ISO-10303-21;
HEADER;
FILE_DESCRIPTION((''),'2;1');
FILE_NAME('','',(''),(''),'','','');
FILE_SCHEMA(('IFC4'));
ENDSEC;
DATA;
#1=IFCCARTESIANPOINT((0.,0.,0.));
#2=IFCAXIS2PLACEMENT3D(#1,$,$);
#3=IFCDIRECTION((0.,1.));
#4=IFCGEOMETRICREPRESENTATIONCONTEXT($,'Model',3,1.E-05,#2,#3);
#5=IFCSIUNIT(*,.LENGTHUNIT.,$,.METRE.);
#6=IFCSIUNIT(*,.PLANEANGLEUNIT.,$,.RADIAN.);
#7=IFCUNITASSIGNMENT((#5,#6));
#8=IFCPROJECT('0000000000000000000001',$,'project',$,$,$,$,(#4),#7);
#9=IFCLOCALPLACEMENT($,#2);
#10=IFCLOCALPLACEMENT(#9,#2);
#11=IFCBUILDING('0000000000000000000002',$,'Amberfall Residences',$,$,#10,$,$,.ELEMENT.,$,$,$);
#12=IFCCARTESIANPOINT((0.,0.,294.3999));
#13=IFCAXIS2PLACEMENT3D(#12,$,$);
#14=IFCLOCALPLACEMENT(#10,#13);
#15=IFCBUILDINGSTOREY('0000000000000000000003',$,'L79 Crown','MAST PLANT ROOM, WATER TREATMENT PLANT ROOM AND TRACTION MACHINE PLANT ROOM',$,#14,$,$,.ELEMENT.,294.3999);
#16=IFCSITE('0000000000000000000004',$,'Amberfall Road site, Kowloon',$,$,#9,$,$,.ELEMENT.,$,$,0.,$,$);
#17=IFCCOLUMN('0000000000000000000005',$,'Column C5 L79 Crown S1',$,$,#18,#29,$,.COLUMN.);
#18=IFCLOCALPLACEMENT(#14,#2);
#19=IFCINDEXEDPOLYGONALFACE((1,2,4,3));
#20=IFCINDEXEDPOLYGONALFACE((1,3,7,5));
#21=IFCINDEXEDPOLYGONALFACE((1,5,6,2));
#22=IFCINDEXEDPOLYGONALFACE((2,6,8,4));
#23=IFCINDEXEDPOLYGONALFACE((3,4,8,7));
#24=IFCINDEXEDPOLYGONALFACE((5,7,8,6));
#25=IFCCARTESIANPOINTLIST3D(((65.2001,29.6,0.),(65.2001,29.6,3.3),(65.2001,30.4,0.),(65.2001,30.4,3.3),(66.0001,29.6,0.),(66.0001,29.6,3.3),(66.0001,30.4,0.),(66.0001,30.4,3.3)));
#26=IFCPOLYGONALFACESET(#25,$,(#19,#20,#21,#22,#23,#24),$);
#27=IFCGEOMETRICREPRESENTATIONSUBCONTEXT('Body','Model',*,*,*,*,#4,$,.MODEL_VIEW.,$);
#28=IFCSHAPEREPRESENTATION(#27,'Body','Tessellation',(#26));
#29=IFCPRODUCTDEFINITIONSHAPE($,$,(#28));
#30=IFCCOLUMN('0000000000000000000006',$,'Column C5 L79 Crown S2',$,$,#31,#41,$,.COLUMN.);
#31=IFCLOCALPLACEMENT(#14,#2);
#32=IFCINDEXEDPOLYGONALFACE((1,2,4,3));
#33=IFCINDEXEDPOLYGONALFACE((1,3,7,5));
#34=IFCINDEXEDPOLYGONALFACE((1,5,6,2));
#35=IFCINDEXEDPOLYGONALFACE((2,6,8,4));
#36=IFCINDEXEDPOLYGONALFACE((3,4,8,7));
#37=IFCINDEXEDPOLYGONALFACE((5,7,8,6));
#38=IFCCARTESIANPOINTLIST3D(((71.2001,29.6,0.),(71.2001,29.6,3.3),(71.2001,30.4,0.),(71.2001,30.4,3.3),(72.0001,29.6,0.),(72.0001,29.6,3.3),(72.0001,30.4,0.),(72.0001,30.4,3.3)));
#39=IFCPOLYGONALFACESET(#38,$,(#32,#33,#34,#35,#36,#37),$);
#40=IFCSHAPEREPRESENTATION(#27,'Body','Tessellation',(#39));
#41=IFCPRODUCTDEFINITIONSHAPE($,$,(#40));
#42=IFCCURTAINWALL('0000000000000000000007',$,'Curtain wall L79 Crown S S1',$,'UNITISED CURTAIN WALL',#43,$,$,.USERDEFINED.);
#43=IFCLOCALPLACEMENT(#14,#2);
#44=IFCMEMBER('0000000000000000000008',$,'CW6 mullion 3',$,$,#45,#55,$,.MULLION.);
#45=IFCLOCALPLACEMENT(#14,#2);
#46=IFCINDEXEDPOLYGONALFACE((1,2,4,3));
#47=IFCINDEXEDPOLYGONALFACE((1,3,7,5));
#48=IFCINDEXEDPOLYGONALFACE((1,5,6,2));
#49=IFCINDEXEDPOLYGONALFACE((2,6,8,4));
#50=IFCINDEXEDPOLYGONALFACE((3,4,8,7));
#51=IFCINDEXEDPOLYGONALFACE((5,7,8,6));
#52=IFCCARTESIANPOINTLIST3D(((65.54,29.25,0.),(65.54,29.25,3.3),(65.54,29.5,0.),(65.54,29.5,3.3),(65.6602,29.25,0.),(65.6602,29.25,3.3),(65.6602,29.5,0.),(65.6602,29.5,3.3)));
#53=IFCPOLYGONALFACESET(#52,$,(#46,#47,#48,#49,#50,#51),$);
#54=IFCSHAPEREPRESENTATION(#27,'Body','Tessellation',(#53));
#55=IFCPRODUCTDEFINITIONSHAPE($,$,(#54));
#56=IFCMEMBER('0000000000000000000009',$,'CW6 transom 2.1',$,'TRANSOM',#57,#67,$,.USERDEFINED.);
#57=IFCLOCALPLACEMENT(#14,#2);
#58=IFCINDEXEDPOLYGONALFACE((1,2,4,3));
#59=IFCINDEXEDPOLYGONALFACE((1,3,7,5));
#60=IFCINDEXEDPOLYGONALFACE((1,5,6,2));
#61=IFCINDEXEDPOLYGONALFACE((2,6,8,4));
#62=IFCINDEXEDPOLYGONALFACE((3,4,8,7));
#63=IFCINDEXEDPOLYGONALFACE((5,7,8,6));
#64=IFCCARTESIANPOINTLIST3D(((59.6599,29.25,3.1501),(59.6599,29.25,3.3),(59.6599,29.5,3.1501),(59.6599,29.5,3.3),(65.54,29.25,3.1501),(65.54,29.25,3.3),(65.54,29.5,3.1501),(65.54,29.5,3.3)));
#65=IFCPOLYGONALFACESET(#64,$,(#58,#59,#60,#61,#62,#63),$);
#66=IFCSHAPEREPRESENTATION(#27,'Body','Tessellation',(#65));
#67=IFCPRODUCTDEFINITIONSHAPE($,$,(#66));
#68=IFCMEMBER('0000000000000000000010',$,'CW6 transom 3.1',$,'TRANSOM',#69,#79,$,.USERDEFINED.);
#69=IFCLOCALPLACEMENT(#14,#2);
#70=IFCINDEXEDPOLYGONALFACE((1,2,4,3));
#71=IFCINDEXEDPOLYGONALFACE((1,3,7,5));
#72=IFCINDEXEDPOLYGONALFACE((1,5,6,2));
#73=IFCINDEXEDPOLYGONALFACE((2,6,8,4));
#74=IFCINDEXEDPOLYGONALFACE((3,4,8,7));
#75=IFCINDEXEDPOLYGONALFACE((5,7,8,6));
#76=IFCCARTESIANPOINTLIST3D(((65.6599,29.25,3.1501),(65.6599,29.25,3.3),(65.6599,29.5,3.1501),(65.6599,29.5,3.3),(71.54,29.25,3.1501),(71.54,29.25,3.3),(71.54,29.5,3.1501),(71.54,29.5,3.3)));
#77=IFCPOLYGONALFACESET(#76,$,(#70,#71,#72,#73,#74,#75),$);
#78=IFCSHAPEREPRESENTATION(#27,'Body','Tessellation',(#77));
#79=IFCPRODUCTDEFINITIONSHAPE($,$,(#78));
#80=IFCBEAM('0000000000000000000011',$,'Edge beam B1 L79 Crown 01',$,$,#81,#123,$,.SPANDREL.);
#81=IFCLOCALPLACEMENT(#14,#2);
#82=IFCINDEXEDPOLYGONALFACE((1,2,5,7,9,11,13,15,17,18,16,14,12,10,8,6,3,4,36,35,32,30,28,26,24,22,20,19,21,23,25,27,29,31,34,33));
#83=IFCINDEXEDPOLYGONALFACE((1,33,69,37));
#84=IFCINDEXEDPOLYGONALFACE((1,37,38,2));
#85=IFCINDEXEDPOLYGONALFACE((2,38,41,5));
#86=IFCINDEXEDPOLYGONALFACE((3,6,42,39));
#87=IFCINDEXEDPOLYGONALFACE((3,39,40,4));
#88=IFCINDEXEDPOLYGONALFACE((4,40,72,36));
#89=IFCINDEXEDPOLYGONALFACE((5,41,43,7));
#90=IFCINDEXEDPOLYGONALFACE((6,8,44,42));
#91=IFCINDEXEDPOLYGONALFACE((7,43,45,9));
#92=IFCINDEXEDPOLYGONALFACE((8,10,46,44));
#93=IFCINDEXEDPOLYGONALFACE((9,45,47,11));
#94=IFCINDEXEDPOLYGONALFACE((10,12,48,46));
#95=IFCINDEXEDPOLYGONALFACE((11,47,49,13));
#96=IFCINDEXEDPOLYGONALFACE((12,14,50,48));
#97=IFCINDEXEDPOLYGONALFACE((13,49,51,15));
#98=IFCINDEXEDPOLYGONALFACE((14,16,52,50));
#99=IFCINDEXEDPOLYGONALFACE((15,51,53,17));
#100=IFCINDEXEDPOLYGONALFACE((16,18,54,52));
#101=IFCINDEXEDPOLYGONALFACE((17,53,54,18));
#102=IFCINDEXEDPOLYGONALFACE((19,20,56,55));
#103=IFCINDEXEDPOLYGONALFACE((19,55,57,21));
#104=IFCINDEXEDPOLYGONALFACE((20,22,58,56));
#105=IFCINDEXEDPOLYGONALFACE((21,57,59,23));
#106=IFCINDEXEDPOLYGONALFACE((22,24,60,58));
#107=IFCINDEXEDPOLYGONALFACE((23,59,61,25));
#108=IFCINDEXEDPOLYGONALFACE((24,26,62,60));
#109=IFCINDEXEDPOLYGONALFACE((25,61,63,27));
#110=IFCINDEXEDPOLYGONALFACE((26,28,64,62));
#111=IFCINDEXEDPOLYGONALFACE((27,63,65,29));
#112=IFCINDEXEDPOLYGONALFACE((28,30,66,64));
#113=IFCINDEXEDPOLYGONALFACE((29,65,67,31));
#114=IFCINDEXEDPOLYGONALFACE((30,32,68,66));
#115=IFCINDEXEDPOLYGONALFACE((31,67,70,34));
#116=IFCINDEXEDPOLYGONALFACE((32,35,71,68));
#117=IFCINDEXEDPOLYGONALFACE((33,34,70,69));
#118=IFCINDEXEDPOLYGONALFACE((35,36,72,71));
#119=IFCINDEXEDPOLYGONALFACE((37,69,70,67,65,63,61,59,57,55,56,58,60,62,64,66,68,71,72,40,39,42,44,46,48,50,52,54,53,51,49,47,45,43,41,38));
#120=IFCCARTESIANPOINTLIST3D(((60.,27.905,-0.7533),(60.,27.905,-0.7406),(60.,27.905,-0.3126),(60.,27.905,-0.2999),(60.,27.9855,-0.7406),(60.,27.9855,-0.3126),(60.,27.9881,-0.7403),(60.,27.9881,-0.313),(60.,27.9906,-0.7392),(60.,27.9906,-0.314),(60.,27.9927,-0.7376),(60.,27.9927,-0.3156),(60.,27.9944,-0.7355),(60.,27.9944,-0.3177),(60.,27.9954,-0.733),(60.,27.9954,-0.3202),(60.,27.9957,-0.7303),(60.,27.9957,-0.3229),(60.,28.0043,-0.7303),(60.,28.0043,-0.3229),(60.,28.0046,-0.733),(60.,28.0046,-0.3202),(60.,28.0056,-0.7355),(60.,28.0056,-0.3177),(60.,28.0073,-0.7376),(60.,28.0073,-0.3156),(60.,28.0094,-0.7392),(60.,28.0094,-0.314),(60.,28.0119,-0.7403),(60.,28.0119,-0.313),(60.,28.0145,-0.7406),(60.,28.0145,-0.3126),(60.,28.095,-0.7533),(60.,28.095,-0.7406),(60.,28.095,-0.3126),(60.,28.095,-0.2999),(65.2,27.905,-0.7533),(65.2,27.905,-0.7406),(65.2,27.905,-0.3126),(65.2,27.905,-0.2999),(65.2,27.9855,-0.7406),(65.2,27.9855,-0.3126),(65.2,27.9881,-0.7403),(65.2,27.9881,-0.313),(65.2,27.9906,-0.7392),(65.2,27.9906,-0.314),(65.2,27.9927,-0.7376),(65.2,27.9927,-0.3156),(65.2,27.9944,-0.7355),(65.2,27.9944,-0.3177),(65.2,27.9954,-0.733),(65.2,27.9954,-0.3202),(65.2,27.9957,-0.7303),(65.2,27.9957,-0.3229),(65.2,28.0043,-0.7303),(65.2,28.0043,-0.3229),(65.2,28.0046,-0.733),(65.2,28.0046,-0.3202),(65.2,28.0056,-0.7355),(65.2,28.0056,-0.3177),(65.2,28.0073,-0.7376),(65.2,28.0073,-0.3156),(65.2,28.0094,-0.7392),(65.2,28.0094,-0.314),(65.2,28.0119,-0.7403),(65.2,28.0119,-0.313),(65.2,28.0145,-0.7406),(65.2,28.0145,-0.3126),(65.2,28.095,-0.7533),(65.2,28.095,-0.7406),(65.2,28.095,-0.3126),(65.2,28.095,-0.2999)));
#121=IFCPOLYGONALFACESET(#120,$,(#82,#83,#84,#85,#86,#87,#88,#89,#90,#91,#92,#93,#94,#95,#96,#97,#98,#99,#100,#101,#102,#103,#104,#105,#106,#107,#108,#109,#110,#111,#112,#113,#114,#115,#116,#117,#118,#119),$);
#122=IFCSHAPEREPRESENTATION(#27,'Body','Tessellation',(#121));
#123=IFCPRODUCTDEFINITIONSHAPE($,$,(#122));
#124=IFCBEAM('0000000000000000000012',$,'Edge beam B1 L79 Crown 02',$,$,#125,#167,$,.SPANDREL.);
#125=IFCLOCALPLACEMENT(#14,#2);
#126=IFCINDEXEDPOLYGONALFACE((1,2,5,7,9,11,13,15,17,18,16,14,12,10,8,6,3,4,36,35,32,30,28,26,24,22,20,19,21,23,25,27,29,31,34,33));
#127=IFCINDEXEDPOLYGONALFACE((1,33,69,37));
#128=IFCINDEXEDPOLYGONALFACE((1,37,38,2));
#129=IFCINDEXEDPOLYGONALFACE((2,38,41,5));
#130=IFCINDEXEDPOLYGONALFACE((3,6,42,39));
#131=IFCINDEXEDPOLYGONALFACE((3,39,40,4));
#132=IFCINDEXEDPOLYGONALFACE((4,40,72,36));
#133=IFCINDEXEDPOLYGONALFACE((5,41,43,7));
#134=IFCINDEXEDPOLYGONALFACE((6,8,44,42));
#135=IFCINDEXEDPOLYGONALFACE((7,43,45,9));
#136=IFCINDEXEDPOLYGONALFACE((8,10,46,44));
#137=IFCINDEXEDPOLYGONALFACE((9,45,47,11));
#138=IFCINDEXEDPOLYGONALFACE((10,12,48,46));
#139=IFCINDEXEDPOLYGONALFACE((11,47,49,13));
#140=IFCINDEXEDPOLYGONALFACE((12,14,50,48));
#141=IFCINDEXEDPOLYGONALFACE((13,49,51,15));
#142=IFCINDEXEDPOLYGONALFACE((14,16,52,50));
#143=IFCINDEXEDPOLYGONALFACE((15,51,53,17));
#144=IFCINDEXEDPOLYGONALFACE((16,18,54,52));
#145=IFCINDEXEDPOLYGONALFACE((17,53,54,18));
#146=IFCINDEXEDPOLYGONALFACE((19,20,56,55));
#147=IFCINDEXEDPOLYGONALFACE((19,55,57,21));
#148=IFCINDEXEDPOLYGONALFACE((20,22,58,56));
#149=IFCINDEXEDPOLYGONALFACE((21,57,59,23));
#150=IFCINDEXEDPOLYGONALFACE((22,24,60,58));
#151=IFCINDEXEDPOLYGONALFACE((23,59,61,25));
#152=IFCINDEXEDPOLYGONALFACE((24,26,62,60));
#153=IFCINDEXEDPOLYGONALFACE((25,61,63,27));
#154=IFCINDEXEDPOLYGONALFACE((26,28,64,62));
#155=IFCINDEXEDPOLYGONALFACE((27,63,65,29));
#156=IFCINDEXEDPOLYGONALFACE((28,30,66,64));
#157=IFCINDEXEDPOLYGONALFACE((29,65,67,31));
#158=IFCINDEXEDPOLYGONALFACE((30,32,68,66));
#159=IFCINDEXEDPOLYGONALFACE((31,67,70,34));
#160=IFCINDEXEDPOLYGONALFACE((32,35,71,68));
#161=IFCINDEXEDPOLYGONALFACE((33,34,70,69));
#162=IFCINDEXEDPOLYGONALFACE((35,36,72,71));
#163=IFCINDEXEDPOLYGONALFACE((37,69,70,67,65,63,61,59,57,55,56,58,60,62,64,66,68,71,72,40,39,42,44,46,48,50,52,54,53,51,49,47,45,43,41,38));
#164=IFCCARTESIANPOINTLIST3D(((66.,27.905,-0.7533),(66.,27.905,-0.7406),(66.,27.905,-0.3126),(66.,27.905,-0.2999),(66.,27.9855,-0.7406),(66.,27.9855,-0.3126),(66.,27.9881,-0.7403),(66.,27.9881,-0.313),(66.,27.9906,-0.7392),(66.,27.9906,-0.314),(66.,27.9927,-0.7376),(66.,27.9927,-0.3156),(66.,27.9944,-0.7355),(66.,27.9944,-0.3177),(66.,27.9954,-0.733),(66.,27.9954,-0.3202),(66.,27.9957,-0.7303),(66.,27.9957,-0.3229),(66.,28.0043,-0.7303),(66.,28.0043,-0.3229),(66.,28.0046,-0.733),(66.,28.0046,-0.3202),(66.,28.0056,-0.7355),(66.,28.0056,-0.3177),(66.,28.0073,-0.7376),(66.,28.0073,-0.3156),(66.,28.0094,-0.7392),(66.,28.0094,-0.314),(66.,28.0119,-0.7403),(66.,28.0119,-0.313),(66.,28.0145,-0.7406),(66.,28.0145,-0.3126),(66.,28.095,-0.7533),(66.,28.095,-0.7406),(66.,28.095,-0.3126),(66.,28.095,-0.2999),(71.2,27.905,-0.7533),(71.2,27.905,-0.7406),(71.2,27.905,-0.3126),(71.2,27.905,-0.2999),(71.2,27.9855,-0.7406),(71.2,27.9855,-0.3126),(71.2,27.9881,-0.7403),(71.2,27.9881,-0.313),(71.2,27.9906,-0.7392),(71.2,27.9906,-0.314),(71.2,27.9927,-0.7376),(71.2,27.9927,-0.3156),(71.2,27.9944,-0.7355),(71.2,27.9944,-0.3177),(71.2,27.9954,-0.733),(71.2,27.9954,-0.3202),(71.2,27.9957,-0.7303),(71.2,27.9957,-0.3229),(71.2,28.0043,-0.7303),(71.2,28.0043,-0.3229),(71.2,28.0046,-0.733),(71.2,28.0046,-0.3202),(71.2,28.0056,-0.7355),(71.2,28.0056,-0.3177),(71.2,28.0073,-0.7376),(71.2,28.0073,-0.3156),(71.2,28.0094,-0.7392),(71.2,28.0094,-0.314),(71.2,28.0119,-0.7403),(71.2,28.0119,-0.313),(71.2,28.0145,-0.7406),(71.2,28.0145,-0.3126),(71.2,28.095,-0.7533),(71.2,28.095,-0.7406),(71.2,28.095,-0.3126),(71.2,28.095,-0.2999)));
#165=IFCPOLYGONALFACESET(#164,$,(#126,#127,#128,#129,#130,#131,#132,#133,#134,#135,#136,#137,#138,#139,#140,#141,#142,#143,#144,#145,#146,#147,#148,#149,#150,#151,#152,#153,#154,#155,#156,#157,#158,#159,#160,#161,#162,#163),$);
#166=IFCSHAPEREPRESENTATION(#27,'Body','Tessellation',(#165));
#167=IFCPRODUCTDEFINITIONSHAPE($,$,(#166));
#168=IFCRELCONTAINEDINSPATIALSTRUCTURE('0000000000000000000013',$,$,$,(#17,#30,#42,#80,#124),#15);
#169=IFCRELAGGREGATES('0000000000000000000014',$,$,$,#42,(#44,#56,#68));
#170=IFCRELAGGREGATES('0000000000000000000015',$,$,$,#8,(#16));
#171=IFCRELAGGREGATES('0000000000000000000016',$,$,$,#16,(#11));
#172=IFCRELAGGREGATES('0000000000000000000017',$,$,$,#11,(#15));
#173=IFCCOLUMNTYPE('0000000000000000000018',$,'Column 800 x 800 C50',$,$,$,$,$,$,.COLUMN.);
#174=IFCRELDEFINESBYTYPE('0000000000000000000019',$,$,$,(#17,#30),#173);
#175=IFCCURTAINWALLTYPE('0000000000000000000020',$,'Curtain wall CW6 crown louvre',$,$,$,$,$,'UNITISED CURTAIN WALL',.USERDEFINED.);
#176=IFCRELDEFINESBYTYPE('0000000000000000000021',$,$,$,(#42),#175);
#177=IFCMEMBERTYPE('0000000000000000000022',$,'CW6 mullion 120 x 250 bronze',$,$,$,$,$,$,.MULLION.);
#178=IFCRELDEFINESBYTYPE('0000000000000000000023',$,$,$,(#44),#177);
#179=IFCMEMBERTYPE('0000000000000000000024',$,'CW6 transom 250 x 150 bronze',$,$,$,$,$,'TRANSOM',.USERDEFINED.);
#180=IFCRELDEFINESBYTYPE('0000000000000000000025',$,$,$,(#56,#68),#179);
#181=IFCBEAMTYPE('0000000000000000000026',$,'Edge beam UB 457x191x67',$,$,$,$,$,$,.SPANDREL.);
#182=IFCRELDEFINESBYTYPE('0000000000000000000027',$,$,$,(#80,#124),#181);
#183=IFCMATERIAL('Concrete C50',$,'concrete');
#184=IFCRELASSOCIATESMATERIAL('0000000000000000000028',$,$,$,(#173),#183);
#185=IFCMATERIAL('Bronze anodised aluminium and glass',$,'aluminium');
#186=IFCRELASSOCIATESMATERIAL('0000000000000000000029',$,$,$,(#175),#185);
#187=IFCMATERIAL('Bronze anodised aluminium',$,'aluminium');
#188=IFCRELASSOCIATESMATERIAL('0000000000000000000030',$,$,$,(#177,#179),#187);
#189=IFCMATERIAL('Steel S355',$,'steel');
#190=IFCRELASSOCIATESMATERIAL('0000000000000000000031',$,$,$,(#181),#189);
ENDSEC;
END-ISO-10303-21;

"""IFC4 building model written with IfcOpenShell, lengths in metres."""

from ifc_helpers import new_model, si_unit, direction, frame, origin, origin_2d, place, context, subcontext, project, spatial, rectangle, i_section, extrude, material, material_profile, profile_set, type_object, element, aggregate, save


model = new_model("IFC4")

# Units and contexts
model_context = context("Model", 3, precision=1e-05, world=origin(), true_north=direction((0.0, 1.0)))
body_context = subcontext(model_context, "Body", "Model", "MODEL_VIEW")
ifc_project = project(units=[si_unit("LENGTHUNIT", "METRE"), si_unit("PLANEANGLEUNIT", "RADIAN")], contexts=[model_context])

# Site, building, storey
site_placement = place(None, origin())
site = spatial("IfcSite", under=ifc_project, at=site_placement, Name="Amberfall Road site, Kowloon", CompositionType="ELEMENT", RefElevation=0.0)
building_placement = place(site_placement, origin())
building = spatial("IfcBuilding", under=site, at=building_placement, Name="Amberfall Residences", CompositionType="ELEMENT")
storey_placement = place(building_placement, frame((0.0, 0.0, 294.3999)))
storey = spatial("IfcBuildingStorey", under=building, at=storey_placement, Name="L79 Crown", Description="MAST PLANT ROOM, WATER TREATMENT PLANT ROOM AND TRACTION MACHINE PLANT ROOM", CompositionType="ELEMENT", Elevation=294.3999)

# Columns
ifc_material_1 = material(Name="Concrete C50", Category="concrete")
ifc_material_profile_1 = material_profile(ifc_material_1, rectangle(XDim=0.8, YDim=0.8, at=origin_2d()), Name="Column 800 x 800 C50")
ifc_profile_set_1 = profile_set([ifc_material_profile_1], Name="Concrete C50")
column_type = type_object("IfcColumnType", Name="Column 800 x 800 C50", PredefinedType="COLUMN", material=ifc_profile_set_1)
for number, where, z_axis, x_axis, name in (
    (1, (65.6001, 30.0, 0.0), (0.0, 0.0, 1.0), (1.0, 0.0, 0.0), "Column C5 L79 Crown S1"),
    (2, (71.6001, 30.0, 0.0), (0.0, 0.0, 1.0), (1.0, 0.0, 0.0), "Column C5 L79 Crown S2"),
):
    element("IfcColumn", number, at=place(storey_placement, frame(where, z_axis=z_axis, x_axis=x_axis)), inside=storey, type_object=column_type, Name=name, PredefinedType="COLUMN", context=body_context, shape_type="SweptSolid", body=[
        extrude(rectangle(XDim=0.8, YDim=0.8, at=origin_2d()), origin(), (0.0, 0.0, 1.0), 3.3),
    ])

# Curtain wall, members
ifc_material_2 = material(Name="Bronze anodised aluminium and glass", Category="aluminium")
curtain_wall_type = type_object("IfcCurtainWallType", Name="Curtain wall CW6 crown louvre", ElementType="UNITISED CURTAIN WALL", PredefinedType="USERDEFINED", material=ifc_material_2)
curtain_wall_placement = place(storey_placement, origin())
curtain_wall = element("IfcCurtainWall", 3, at=curtain_wall_placement, inside=storey, type_object=curtain_wall_type, Name="Curtain wall L79 Crown S S1", ObjectType="UNITISED CURTAIN WALL", PredefinedType="USERDEFINED")
ifc_material_3 = material(Name="Bronze anodised aluminium", Category="aluminium")
ifc_material_profile_2 = material_profile(ifc_material_3, rectangle(XDim=0.25, YDim=0.1201, at=origin_2d()), Name="CW6 mullion 120 x 250 bronze")
ifc_profile_set_2 = profile_set([ifc_material_profile_2], Name="Bronze anodised aluminium")
member_type_1 = type_object("IfcMemberType", Name="CW6 mullion 120 x 250 bronze", PredefinedType="MULLION", material=ifc_profile_set_2)
member_1_placement = place(storey_placement, frame((65.6001, 29.375, 0.0), z_axis=(0.0, 0.0, 1.0), x_axis=(0.0, 1.0, 0.0)))
member_1 = element("IfcMember", 4, at=member_1_placement, type_object=member_type_1, Name="CW6 mullion 3", PredefinedType="MULLION", context=body_context, shape_type="SweptSolid", body=[
    extrude(rectangle(XDim=0.25, YDim=0.1201, at=origin_2d()), origin(), (0.0, 0.0, 1.0), 3.3),
])
ifc_material_profile_3 = material_profile(ifc_material_3, rectangle(XDim=0.25, YDim=0.1499, at=origin_2d()), Name="CW6 transom 250 x 150 bronze")
ifc_profile_set_3 = profile_set([ifc_material_profile_3], Name="Bronze anodised aluminium")
member_type_2 = type_object("IfcMemberType", Name="CW6 transom 250 x 150 bronze", ElementType="TRANSOM", PredefinedType="USERDEFINED", material=ifc_profile_set_3)
member_2_placement = place(storey_placement, frame((59.6599, 29.375, 3.2251), z_axis=(1.0, 0.0, 0.0), x_axis=(0.0, 1.0, 0.0)))
member_2 = element("IfcMember", 5, at=member_2_placement, type_object=member_type_2, Name="CW6 transom 2.1", ObjectType="TRANSOM", PredefinedType="USERDEFINED", context=body_context, shape_type="SweptSolid", body=[
    extrude(rectangle(XDim=0.25, YDim=0.1499, at=origin_2d()), origin(), (0.0, 0.0, 1.0), 5.8801),
])
member_3_placement = place(storey_placement, frame((65.6599, 29.375, 3.2251), z_axis=(1.0, 0.0, 0.0), x_axis=(0.0, 1.0, 0.0)))
member_3 = element("IfcMember", 6, at=member_3_placement, type_object=member_type_2, Name="CW6 transom 3.1", ObjectType="TRANSOM", PredefinedType="USERDEFINED", context=body_context, shape_type="SweptSolid", body=[
    extrude(rectangle(XDim=0.25, YDim=0.1499, at=origin_2d()), origin(), (0.0, 0.0, 1.0), 5.8801),
])

# Beams
ifc_material_4 = material(Name="Steel S355", Category="steel")
ifc_material_profile_4 = material_profile(ifc_material_4, i_section(OverallWidth=0.1899, OverallDepth=0.4534, WebThickness=0.0085, FlangeThickness=0.0127, FilletRadius=0.0103, at=origin_2d()), Name="UB 457x191x67")
ifc_profile_set_4 = profile_set([ifc_material_profile_4], Name="Steel S355")
beam_type_1 = type_object("IfcBeamType", Name="Edge beam UB 457x191x67", PredefinedType="SPANDREL", material=ifc_profile_set_4)
for number, where, z_axis, x_axis, name in (
    (7, (60.0, 28.0, -0.5266), (1.0, 0.0, 0.0), (0.0, 1.0, 0.0), "Edge beam B1 L79 Crown 01"),
    (8, (66.0, 28.0, -0.5266), (1.0, 0.0, 0.0), (0.0, 1.0, 0.0), "Edge beam B1 L79 Crown 02"),
):
    element("IfcBeam", number, at=place(storey_placement, frame(where, z_axis=z_axis, x_axis=x_axis)), inside=storey, type_object=beam_type_1, Name=name, PredefinedType="SPANDREL", context=body_context, shape_type="SweptSolid", body=[
        extrude(i_section(OverallWidth=0.1899, OverallDepth=0.4534, WebThickness=0.0085, FlangeThickness=0.0127, FilletRadius=0.0103, at=origin_2d()), origin(), (0.0, 0.0, 1.0), 5.2),
    ])

aggregate(curtain_wall, [member_1, member_2, member_3])

save(model, "model.ifc")
